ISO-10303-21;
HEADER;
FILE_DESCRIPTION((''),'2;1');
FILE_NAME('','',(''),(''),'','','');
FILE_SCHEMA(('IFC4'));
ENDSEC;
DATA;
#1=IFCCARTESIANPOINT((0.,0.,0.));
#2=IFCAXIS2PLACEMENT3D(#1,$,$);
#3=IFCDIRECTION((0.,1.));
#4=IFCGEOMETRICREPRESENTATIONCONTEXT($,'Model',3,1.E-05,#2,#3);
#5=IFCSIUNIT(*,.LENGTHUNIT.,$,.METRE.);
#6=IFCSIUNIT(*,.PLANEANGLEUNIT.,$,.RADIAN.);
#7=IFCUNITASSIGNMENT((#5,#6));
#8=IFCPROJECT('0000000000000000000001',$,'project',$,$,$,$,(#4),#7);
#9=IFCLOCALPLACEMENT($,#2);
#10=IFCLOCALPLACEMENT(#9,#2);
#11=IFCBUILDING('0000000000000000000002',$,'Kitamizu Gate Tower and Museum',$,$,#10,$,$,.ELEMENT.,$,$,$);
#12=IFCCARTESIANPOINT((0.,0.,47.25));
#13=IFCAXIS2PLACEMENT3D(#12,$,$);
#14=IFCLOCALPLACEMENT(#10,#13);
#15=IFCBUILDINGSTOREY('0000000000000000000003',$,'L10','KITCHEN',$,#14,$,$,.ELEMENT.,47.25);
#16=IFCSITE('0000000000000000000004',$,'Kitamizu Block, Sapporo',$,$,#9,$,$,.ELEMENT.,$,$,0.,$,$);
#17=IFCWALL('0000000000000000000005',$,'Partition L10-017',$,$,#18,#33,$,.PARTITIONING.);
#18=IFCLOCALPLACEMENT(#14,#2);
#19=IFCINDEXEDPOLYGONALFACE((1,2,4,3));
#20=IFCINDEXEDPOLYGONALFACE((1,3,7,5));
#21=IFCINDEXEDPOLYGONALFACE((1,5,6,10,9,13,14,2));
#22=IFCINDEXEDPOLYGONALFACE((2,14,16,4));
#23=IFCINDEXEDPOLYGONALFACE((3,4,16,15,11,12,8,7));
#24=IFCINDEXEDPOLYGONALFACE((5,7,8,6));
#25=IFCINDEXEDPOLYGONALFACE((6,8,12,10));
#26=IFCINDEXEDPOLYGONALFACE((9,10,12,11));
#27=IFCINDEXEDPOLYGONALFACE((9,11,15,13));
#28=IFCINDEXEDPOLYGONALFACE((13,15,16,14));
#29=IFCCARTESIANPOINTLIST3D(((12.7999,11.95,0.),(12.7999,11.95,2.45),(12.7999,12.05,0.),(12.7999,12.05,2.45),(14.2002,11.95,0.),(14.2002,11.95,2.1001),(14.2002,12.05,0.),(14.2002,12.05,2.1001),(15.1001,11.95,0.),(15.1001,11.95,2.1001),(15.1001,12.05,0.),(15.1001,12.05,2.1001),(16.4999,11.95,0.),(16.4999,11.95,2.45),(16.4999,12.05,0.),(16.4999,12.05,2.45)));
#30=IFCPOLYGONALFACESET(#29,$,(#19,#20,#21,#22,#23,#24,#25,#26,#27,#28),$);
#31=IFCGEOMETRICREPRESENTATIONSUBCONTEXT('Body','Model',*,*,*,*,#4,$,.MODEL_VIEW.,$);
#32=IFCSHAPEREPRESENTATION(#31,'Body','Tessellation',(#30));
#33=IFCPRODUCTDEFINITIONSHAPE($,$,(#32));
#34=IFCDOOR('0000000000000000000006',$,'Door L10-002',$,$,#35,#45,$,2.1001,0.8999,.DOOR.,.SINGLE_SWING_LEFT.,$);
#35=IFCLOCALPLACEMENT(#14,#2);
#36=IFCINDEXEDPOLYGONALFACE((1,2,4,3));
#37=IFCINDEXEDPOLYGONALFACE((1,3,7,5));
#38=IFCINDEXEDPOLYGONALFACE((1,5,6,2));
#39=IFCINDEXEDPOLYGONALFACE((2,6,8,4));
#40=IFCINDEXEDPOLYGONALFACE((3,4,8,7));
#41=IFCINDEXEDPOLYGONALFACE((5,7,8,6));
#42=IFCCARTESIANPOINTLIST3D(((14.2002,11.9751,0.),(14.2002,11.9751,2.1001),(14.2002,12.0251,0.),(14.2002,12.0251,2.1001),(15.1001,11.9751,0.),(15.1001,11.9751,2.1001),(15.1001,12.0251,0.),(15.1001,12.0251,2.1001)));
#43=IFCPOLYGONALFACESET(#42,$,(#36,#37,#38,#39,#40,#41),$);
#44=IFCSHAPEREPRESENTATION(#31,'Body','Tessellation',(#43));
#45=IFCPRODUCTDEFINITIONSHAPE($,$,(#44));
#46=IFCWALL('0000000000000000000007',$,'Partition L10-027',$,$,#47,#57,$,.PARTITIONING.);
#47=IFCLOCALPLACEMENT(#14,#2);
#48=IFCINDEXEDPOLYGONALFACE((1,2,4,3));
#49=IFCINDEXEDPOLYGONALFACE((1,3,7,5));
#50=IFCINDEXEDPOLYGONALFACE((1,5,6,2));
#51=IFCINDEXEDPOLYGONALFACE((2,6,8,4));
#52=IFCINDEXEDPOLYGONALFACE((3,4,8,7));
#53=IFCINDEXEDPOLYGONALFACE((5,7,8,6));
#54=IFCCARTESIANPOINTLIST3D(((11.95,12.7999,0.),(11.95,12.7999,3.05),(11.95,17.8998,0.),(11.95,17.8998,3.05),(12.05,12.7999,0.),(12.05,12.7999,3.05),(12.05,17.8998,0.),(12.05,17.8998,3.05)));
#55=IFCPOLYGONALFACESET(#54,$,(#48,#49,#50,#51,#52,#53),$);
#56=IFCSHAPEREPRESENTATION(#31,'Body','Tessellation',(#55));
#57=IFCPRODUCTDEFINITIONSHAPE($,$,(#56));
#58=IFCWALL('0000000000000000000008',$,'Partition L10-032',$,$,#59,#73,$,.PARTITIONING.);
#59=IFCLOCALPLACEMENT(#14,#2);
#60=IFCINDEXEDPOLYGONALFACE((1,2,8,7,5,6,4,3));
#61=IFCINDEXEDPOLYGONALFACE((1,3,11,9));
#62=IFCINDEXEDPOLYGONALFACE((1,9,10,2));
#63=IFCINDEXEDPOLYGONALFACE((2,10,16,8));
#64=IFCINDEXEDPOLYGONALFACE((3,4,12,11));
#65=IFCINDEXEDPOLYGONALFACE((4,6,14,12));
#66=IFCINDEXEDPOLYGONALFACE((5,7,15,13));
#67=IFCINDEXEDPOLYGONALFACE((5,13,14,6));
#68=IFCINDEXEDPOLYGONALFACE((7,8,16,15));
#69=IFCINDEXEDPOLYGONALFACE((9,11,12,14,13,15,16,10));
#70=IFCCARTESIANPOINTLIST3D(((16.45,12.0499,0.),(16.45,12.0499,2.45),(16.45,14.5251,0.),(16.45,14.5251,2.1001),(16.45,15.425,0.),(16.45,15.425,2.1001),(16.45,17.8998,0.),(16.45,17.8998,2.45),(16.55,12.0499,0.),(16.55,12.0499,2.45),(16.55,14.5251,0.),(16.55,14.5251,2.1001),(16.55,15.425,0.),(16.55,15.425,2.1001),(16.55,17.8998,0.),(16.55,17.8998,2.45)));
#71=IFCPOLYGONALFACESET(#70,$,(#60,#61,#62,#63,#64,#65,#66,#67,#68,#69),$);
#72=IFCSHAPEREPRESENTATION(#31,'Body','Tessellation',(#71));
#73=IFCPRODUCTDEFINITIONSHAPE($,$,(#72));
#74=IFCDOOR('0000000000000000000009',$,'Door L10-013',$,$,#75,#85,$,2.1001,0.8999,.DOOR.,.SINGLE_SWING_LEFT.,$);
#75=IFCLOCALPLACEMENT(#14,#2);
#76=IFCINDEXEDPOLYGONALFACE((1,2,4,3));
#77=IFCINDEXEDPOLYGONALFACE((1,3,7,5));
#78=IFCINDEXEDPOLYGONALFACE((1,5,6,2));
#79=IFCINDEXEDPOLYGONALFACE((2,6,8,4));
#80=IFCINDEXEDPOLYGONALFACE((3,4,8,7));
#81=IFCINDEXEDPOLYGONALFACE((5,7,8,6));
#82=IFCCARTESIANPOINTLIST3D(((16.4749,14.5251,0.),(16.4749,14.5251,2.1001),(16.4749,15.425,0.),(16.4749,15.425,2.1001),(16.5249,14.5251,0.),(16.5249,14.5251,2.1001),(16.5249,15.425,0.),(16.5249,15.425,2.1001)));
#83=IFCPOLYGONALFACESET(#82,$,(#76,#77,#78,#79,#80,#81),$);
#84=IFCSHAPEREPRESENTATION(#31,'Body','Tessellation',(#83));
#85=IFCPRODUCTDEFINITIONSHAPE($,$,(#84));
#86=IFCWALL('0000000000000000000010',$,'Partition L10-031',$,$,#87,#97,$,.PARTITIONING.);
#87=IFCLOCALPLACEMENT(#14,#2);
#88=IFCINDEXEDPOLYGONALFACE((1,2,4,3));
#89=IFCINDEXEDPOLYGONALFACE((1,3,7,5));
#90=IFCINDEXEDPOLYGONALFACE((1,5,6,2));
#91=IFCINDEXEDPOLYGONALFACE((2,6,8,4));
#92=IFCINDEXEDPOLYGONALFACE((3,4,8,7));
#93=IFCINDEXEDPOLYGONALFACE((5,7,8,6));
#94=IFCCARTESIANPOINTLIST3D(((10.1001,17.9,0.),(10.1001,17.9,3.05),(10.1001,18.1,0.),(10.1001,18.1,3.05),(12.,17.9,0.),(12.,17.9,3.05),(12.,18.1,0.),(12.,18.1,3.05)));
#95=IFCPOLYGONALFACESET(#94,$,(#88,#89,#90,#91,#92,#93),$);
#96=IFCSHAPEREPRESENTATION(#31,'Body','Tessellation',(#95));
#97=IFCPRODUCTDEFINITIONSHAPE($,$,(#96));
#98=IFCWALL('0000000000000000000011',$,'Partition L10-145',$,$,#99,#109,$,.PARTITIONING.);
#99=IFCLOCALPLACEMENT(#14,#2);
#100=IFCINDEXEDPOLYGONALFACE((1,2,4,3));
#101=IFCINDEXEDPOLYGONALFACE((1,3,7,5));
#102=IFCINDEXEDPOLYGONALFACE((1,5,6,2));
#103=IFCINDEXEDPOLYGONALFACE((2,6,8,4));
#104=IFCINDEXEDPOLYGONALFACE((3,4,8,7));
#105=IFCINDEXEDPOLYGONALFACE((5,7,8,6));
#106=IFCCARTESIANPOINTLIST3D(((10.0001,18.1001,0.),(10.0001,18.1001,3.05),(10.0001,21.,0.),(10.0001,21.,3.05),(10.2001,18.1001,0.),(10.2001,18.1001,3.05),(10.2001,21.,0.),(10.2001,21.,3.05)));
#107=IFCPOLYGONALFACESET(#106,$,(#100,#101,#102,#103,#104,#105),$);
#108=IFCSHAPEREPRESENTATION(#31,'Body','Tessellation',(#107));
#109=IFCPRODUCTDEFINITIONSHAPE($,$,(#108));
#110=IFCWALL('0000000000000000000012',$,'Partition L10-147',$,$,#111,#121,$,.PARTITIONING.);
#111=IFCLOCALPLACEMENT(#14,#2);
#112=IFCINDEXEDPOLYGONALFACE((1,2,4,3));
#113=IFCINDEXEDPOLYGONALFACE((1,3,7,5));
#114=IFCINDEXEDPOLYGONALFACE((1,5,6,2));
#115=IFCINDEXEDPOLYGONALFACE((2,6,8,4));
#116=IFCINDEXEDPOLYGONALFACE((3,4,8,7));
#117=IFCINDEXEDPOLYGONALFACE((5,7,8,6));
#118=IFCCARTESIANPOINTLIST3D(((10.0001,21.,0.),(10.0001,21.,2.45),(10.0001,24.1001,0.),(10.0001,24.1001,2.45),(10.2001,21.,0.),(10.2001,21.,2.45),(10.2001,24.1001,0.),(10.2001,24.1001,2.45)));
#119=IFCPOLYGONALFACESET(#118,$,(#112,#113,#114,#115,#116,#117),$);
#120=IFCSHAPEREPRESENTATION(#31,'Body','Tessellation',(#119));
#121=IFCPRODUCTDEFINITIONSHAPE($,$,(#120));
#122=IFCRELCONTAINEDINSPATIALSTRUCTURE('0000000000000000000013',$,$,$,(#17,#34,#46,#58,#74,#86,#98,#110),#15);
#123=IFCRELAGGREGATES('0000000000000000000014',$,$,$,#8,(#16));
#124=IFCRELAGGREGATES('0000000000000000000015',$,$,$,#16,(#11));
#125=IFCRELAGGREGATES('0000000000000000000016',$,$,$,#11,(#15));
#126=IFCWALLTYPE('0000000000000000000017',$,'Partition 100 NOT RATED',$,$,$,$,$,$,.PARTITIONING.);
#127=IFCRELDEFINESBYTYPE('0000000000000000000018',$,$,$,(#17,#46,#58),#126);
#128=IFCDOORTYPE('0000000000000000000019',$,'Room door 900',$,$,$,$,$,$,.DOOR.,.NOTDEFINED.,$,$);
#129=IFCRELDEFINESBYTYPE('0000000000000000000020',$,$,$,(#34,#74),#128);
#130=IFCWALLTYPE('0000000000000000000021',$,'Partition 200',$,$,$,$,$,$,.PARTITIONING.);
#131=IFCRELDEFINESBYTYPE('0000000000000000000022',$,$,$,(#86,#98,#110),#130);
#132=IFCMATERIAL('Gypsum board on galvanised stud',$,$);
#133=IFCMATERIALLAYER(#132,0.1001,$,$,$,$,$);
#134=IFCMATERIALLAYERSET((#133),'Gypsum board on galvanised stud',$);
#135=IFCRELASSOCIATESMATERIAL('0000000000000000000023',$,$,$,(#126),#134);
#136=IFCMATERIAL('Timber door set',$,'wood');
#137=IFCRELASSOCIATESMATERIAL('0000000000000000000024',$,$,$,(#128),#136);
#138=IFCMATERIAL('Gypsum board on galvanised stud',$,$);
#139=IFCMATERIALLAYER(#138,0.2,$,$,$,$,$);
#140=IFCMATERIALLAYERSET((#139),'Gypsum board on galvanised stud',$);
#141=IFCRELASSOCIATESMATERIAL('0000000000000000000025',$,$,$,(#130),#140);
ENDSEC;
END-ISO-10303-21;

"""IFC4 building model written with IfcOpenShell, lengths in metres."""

from ifc_helpers import new_model, si_unit, direction, frame, frame_2d, origin, place, context, subcontext, project, spatial, rectangle, extrude, material, layer, layer_set, type_object, element, fill, save


model = new_model("IFC4")

# Units and contexts
model_context = context("Model", 3, precision=1e-05, world=origin(), true_north=direction((0.0, 1.0)))
body_context = subcontext(model_context, "Body", "Model", "MODEL_VIEW")
ifc_project = project(units=[si_unit("LENGTHUNIT", "METRE"), si_unit("PLANEANGLEUNIT", "RADIAN")], contexts=[model_context])

# Site, building, storey
site_placement = place(None, origin())
site = spatial("IfcSite", under=ifc_project, at=site_placement, Name="Kitamizu Block, Sapporo", CompositionType="ELEMENT", RefElevation=0.0)
building_placement = place(site_placement, origin())
building = spatial("IfcBuilding", under=site, at=building_placement, Name="Kitamizu Gate Tower and Museum", CompositionType="ELEMENT")
storey_placement = place(building_placement, frame((0.0, 0.0, 47.25)))
storey = spatial("IfcBuildingStorey", under=building, at=storey_placement, Name="L10", Description="KITCHEN", CompositionType="ELEMENT", Elevation=47.25)

# Wall, opening, door
ifc_material_1 = material(Name="Gypsum board on galvanised stud")
ifc_layer_1 = layer(ifc_material_1, 0.1001)
ifc_layer_set_1 = layer_set([ifc_layer_1], Name="Gypsum board on galvanised stud")
wall_type_1 = type_object("IfcWallType", Name="Partition 100 NOT RATED", PredefinedType="PARTITIONING", material=ifc_layer_set_1)
ifc_material_2 = material(Name="Timber door set", Category="wood")
door_type_1 = type_object("IfcDoorType", Name="Room door 900", OperationType="NOTDEFINED", PredefinedType="DOOR", material=ifc_material_2)
wall_1_placement = place(storey_placement, frame((16.5, 12.0, 0.0), z_axis=(0.0, 0.0, 1.0), x_axis=(-1.0, 0.0, 0.0)))
wall_1 = element("IfcWall", 1, at=wall_1_placement, inside=storey, type_object=wall_type_1, Name="Partition L10-017", PredefinedType="PARTITIONING", context=body_context, shape_type="SweptSolid", body=[
    extrude(rectangle(XDim=3.7, YDim=0.1001, at=frame_2d((1.8501, 0.0))), origin(), (0.0, 0.0, 1.0), 2.45),
])
opening_1_placement = place(wall_1_placement, frame((1.3999, 0.0, 0.0)))
opening_1 = element("IfcOpeningElement", 2, at=opening_1_placement, cuts=wall_1, PredefinedType="OPENING", context=body_context, shape_type="SweptSolid", body=[
    extrude(rectangle(XDim=0.8999, YDim=2.1001, at=frame_2d((0.45, 1.05))), frame((0.0, 0.0601, 0.0), z_axis=(0.0, -1.0, 0.0), x_axis=(1.0, 0.0, 0.0)), (0.0, 0.0, 1.0), 0.1201),
])
door_1_placement = place(opening_1_placement, origin())
door_1 = element("IfcDoor", 3, at=door_1_placement, inside=storey, type_object=door_type_1, Name="Door L10-002", OperationType="SINGLE_SWING_LEFT", OverallHeight=2.1001, OverallWidth=0.8999, PredefinedType="DOOR", context=body_context, shape_type="SweptSolid", body=[
    extrude(rectangle(XDim=0.8999, YDim=2.1001, at=frame_2d((0.45, 1.05))), frame((0.0, 0.0249, 0.0), z_axis=(0.0, -1.0, 0.0), x_axis=(1.0, 0.0, 0.0)), (0.0, 0.0, 1.0), 0.05),
])
fill(opening_1, door_1)

# Wall
wall_2_placement = place(storey_placement, frame((12.0, 12.8, 0.0), z_axis=(0.0, 0.0, 1.0), x_axis=(0.0, 1.0, 0.0)))
element("IfcWall", 4, at=wall_2_placement, inside=storey, type_object=wall_type_1, Name="Partition L10-027", PredefinedType="PARTITIONING", context=body_context, shape_type="SweptSolid", body=[
    extrude(rectangle(XDim=5.0999, YDim=0.1001, at=frame_2d((2.5498, 0.0))), origin(), (0.0, 0.0, 1.0), 3.05),
])

# Wall, opening, door
wall_3_placement = place(storey_placement, frame((16.5, 12.05, 0.0), z_axis=(0.0, 0.0, 1.0), x_axis=(0.0, 1.0, 0.0)))
wall_3 = element("IfcWall", 5, at=wall_3_placement, inside=storey, type_object=wall_type_1, Name="Partition L10-032", PredefinedType="PARTITIONING", context=body_context, shape_type="SweptSolid", body=[
    extrude(rectangle(XDim=5.8499, YDim=0.1001, at=frame_2d((2.9248, 0.0))), origin(), (0.0, 0.0, 1.0), 2.45),
])
opening_2_placement = place(wall_3_placement, frame((2.4751, 0.0, 0.0)))
opening_2 = element("IfcOpeningElement", 6, at=opening_2_placement, cuts=wall_3, PredefinedType="OPENING", context=body_context, shape_type="SweptSolid", body=[
    extrude(rectangle(XDim=0.8999, YDim=2.1001, at=frame_2d((0.45, 1.05))), frame((0.0, 0.0601, 0.0), z_axis=(0.0, -1.0, 0.0), x_axis=(1.0, 0.0, 0.0)), (0.0, 0.0, 1.0), 0.1201),
])
door_2_placement = place(opening_2_placement, frame((0.8999, 0.0, 0.0), x_axis=(-1.0, 0.0, 0.0)))
door_2 = element("IfcDoor", 7, at=door_2_placement, inside=storey, type_object=door_type_1, Name="Door L10-013", OperationType="SINGLE_SWING_LEFT", OverallHeight=2.1001, OverallWidth=0.8999, PredefinedType="DOOR", context=body_context, shape_type="SweptSolid", body=[
    extrude(rectangle(XDim=0.8999, YDim=2.1001, at=frame_2d((0.45, 1.05))), frame((0.0, 0.0249, 0.0), z_axis=(0.0, -1.0, 0.0), x_axis=(1.0, 0.0, 0.0)), (0.0, 0.0, 1.0), 0.05),
])
fill(opening_2, door_2)

# Walls
ifc_material_3 = material(Name="Gypsum board on galvanised stud")
ifc_layer_2 = layer(ifc_material_3, 0.2)
ifc_layer_set_2 = layer_set([ifc_layer_2], Name="Gypsum board on galvanised stud")
wall_type_2 = type_object("IfcWallType", Name="Partition 200", PredefinedType="PARTITIONING", material=ifc_layer_set_2)
wall_4_placement = place(storey_placement, frame((12.0, 18.0, 0.0), z_axis=(0.0, 0.0, 1.0), x_axis=(-1.0, 0.0, 0.0)))
element("IfcWall", 8, at=wall_4_placement, inside=storey, type_object=wall_type_2, Name="Partition L10-031", PredefinedType="PARTITIONING", context=body_context, shape_type="SweptSolid", body=[
    extrude(rectangle(XDim=1.8999, YDim=0.2, at=frame_2d((0.95, 0.0))), origin(), (0.0, 0.0, 1.0), 3.05),
])
wall_5_placement = place(storey_placement, frame((10.1001, 18.1001, 0.0), z_axis=(0.0, 0.0, 1.0), x_axis=(0.0, 1.0, 0.0)))
element("IfcWall", 9, at=wall_5_placement, inside=storey, type_object=wall_type_2, Name="Partition L10-145", PredefinedType="PARTITIONING", context=body_context, shape_type="SweptSolid", body=[
    extrude(rectangle(XDim=2.8999, YDim=0.2, at=frame_2d((1.45, 0.0))), origin(), (0.0, 0.0, 1.0), 3.05),
])
wall_6_placement = place(storey_placement, frame((10.1001, 21.0, 0.0), z_axis=(0.0, 0.0, 1.0), x_axis=(0.0, 1.0, 0.0)))
element("IfcWall", 10, at=wall_6_placement, inside=storey, type_object=wall_type_2, Name="Partition L10-147", PredefinedType="PARTITIONING", context=body_context, shape_type="SweptSolid", body=[
    extrude(rectangle(XDim=3.1001, YDim=0.2, at=frame_2d((1.55, 0.0))), origin(), (0.0, 0.0, 1.0), 2.45),
])

save(model, "model.ifc")
